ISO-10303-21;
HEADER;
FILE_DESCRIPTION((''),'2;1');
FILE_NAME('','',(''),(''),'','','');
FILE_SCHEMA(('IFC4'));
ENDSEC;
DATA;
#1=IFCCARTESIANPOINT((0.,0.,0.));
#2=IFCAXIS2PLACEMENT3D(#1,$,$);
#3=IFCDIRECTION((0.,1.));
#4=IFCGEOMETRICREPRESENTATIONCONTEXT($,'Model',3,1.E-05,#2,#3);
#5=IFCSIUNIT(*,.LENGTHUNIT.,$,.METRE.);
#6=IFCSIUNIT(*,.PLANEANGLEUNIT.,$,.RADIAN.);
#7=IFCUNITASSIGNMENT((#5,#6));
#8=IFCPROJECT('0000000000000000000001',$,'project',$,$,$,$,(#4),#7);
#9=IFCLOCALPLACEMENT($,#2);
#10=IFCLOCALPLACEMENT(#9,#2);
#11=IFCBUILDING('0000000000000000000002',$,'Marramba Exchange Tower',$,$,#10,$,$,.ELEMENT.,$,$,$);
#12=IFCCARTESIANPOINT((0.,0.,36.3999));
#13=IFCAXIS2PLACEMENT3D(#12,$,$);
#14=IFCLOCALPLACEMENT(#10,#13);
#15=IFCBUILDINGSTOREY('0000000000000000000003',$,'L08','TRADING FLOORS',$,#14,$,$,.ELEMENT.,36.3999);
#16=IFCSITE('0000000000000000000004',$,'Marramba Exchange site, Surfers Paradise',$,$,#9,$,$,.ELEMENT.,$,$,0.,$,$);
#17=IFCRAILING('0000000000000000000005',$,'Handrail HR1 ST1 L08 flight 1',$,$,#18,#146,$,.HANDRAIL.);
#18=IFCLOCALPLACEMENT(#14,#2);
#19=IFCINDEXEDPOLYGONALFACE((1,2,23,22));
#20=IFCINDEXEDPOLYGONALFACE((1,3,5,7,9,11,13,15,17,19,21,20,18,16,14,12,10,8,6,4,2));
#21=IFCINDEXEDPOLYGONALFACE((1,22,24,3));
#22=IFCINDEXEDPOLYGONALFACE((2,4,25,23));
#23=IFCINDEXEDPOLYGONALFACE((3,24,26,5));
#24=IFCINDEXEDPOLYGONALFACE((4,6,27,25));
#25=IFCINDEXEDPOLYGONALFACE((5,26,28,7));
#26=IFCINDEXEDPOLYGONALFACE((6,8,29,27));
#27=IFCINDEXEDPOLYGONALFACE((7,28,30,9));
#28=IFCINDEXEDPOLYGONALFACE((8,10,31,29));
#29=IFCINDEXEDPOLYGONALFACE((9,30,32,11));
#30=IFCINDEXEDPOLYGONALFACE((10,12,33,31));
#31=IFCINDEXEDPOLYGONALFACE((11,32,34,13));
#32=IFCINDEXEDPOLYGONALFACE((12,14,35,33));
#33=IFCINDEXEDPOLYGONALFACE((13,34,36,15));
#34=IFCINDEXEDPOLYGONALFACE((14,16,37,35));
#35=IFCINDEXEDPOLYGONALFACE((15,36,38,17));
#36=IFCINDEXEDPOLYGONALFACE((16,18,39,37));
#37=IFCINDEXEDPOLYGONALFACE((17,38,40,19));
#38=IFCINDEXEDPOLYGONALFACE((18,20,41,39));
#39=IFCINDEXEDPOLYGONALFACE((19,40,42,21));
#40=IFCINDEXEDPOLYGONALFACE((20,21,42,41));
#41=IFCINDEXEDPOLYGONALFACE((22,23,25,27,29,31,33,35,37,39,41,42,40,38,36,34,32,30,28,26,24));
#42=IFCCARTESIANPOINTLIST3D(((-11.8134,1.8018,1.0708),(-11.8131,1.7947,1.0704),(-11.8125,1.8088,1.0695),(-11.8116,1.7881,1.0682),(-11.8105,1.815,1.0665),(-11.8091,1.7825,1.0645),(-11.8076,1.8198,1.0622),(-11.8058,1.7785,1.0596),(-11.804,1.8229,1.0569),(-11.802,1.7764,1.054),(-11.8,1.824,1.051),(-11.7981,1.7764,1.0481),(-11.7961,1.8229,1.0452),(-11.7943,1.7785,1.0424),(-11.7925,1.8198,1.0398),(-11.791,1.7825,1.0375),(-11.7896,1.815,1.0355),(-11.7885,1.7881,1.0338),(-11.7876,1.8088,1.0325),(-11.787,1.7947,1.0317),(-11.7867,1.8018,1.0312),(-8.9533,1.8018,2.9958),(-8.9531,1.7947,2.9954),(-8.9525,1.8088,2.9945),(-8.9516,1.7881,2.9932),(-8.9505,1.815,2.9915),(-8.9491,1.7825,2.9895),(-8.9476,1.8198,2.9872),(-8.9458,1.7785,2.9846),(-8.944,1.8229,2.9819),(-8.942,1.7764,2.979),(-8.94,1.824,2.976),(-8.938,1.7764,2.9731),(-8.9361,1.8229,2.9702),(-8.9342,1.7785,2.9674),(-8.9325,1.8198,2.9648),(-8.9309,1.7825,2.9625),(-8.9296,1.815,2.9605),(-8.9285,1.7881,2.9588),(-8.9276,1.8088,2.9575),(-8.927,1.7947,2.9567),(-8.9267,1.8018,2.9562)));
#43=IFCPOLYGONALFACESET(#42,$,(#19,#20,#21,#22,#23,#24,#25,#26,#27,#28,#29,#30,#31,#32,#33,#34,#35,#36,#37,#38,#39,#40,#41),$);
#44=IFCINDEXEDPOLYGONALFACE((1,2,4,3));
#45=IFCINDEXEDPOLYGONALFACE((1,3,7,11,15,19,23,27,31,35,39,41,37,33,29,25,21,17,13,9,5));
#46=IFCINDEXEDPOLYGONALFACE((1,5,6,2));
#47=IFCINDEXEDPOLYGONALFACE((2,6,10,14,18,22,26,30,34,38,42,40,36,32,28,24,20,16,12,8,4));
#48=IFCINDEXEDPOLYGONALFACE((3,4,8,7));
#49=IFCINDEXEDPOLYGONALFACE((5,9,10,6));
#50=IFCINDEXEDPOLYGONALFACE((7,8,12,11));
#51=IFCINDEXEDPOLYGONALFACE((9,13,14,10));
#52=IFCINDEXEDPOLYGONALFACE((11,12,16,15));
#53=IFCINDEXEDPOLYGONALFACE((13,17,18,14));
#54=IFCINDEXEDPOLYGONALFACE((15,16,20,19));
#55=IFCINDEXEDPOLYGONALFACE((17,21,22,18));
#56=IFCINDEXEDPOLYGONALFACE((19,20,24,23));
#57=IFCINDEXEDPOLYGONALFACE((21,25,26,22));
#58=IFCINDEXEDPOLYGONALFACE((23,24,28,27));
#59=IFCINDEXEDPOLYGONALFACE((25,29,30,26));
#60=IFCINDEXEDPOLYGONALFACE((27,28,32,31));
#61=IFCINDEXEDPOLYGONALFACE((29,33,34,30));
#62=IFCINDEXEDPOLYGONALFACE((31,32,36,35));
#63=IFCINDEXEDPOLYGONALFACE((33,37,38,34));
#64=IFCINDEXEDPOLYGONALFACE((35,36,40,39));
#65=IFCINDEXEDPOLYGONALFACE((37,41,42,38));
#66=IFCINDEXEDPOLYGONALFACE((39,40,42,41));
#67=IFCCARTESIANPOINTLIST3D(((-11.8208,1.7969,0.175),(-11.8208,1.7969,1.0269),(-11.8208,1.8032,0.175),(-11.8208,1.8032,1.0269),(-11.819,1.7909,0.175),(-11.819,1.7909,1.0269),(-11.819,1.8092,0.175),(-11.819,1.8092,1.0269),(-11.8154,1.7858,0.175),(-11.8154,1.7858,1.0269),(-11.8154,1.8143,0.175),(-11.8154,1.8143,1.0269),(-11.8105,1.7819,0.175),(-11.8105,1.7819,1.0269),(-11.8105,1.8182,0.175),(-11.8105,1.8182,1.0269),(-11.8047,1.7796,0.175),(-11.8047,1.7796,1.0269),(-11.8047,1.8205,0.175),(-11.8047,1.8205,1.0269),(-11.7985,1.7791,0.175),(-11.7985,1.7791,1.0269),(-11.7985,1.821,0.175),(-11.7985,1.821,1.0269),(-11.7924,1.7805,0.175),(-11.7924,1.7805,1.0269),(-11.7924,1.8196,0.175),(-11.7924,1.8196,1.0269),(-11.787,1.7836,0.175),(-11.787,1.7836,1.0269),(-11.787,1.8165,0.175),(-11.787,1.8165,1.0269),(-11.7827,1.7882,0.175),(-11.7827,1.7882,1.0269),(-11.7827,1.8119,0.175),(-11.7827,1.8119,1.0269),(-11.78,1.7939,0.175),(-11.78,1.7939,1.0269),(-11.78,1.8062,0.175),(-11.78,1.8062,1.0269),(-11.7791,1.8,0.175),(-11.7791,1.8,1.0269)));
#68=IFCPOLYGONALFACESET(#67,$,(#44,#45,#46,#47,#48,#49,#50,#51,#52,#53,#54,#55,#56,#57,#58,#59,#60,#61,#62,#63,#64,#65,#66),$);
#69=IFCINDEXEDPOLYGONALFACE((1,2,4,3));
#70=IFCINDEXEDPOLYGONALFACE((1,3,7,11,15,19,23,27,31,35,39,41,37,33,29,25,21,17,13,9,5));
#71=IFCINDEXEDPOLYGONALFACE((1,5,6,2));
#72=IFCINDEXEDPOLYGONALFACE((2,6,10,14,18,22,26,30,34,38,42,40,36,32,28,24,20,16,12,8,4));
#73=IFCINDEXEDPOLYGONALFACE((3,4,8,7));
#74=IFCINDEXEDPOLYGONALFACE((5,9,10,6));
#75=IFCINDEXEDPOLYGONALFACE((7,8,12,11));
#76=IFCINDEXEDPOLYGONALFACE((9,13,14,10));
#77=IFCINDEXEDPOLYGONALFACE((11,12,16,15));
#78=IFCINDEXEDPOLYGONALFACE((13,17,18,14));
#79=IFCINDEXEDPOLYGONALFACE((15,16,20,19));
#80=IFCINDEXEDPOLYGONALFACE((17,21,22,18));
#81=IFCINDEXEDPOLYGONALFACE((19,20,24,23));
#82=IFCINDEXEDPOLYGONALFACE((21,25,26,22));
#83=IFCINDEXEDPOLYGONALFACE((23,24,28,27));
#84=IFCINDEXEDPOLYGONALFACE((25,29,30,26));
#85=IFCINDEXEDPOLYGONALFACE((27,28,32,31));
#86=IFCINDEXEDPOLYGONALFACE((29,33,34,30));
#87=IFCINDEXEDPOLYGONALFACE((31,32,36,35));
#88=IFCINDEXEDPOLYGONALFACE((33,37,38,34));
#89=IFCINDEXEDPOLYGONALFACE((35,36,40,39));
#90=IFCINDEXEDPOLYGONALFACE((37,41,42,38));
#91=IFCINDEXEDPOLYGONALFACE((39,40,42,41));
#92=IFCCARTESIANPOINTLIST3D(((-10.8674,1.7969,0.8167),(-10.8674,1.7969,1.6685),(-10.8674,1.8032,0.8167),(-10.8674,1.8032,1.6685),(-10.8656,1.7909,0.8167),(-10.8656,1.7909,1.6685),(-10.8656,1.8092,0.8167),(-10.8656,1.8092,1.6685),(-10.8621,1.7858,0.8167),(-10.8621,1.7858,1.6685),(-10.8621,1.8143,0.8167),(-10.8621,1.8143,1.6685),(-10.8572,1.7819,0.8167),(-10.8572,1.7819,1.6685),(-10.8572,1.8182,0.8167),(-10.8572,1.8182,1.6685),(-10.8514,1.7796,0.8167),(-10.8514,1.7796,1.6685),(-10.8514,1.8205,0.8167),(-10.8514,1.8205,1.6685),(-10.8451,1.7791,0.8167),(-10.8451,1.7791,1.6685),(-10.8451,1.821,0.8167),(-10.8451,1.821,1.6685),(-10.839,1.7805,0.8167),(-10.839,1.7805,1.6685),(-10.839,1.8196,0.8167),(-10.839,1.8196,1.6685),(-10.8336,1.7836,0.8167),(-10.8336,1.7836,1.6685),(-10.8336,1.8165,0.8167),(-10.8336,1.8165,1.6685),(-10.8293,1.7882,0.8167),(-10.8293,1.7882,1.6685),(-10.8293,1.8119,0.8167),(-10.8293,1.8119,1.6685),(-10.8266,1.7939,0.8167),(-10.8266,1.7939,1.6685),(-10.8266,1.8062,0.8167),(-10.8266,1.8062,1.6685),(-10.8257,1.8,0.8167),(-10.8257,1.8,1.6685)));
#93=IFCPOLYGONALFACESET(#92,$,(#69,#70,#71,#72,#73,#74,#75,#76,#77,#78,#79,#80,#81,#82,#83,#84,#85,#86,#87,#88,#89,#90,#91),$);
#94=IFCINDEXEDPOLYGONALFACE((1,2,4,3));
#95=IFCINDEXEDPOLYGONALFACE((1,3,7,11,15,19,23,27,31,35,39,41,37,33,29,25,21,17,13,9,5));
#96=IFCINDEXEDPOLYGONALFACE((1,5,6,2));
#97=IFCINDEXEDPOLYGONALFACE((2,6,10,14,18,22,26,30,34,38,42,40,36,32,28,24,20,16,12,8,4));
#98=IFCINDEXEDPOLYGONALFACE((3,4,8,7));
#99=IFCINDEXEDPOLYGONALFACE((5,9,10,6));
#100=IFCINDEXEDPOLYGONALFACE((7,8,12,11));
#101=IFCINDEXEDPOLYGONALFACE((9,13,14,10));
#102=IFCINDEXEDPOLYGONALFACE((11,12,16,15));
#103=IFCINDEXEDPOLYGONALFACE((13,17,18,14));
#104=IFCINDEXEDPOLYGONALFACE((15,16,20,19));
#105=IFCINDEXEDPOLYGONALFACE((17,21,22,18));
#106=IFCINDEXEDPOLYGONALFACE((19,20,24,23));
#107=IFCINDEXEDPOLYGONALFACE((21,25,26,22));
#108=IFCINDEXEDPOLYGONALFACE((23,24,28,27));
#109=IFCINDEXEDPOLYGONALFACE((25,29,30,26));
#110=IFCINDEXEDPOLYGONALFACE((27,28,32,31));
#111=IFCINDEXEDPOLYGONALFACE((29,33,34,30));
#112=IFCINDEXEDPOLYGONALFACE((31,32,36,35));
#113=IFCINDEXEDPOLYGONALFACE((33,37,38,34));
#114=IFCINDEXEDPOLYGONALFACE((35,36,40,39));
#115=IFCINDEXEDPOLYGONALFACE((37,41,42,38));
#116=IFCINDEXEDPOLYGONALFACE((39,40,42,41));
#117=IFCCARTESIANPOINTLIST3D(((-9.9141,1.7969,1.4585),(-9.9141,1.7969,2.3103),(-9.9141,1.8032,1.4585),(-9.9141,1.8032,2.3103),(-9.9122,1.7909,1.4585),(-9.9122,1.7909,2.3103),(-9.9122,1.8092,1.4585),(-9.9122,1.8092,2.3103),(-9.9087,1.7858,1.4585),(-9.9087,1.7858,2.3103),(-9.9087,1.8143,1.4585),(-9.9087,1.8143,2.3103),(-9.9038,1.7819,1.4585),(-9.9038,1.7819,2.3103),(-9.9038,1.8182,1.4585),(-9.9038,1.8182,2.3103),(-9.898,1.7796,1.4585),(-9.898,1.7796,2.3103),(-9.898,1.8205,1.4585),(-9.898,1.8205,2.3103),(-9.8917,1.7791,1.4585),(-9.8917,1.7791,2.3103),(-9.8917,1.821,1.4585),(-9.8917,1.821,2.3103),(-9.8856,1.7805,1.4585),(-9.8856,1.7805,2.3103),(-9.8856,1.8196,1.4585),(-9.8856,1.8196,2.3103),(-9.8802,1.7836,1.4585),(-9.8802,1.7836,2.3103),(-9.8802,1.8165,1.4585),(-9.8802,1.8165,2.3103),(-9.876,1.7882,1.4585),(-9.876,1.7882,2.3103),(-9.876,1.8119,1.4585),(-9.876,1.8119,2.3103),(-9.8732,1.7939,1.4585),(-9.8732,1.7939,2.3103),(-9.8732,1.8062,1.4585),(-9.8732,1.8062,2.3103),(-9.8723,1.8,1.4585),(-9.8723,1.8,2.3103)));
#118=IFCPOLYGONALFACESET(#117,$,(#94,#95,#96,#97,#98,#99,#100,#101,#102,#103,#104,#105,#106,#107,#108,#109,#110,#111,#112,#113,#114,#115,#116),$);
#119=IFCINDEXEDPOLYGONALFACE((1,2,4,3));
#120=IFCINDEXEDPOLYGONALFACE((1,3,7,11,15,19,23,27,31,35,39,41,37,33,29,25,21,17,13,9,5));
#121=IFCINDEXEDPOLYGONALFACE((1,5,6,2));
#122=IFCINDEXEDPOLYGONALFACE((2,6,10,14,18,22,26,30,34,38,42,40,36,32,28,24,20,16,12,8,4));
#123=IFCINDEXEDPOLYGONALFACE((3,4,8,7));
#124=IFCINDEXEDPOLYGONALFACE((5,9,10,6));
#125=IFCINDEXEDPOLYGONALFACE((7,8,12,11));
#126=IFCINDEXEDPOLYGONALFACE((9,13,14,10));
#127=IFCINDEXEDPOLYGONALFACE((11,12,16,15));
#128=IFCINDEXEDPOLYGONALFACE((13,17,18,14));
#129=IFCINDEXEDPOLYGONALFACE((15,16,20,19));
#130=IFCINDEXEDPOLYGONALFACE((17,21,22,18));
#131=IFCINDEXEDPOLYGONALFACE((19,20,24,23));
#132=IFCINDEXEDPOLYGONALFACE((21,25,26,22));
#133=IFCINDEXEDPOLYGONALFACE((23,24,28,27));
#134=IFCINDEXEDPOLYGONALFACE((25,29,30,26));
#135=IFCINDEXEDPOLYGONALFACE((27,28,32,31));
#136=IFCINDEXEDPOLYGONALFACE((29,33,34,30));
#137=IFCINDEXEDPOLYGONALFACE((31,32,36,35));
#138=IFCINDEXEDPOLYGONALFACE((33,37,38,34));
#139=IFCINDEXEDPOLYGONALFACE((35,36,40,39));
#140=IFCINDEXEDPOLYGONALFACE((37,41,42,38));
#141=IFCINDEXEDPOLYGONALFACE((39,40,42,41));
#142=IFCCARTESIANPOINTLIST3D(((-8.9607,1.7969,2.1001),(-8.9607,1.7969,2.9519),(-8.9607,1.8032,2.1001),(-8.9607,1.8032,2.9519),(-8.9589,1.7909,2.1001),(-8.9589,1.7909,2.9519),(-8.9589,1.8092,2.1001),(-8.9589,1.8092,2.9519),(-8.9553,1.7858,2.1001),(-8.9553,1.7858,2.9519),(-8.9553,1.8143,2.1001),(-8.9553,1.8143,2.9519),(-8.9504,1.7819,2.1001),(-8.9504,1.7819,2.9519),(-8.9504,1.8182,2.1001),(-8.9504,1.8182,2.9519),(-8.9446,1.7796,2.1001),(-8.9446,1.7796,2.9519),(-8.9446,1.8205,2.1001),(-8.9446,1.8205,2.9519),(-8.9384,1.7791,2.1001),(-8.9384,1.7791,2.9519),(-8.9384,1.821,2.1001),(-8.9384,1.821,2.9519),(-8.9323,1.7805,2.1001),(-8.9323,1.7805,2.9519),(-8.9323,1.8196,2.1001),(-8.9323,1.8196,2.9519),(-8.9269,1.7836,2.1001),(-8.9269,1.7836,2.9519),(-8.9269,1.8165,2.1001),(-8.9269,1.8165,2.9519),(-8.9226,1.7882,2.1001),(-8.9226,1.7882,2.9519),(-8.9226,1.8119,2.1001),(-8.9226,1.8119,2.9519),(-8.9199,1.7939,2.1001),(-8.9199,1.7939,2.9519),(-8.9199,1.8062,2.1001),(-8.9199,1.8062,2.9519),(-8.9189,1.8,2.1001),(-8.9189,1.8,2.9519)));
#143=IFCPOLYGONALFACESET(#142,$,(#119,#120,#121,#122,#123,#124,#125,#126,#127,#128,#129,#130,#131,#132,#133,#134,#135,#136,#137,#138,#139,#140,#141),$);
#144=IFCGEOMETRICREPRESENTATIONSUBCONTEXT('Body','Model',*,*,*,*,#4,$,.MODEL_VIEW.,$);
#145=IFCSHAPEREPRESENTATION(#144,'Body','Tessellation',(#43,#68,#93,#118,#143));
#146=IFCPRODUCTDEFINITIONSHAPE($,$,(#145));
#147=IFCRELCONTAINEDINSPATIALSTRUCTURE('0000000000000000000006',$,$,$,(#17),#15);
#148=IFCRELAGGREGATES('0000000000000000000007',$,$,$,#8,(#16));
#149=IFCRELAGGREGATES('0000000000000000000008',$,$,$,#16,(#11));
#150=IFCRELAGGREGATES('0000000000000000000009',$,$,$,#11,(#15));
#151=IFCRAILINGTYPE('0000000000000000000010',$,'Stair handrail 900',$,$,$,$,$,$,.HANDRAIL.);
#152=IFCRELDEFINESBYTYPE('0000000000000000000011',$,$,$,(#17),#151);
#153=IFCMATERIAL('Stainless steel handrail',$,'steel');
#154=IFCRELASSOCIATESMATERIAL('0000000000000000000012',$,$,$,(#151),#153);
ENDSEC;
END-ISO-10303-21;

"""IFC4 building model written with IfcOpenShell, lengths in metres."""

from ifc_helpers import new_model, si_unit, direction, frame, origin, origin_2d, place, context, subcontext, project, spatial, circle, extrude, material, type_object, element, save


model = new_model("IFC4")

# Units and contexts
model_context = context("Model", 3, precision=1e-05, world=origin(), true_north=direction((0.0, 1.0)))
body_context = subcontext(model_context, "Body", "Model", "MODEL_VIEW")
ifc_project = project(units=[si_unit("LENGTHUNIT", "METRE"), si_unit("PLANEANGLEUNIT", "RADIAN")], contexts=[model_context])

# Site, building, storey
site_placement = place(None, origin())
site = spatial("IfcSite", under=ifc_project, at=site_placement, Name="Marramba Exchange site, Surfers Paradise", CompositionType="ELEMENT", RefElevation=0.0)
building_placement = place(site_placement, origin())
building = spatial("IfcBuilding", under=site, at=building_placement, Name="Marramba Exchange Tower", CompositionType="ELEMENT")
storey_placement = place(building_placement, frame((0.0, 0.0, 36.3999)))
storey = spatial("IfcBuildingStorey", under=building, at=storey_placement, Name="L08", Description="TRADING FLOORS", CompositionType="ELEMENT", Elevation=36.3999)

# Railing
ifc_material_1 = material(Name="Stainless steel handrail", Category="steel")
railing_type = type_object("IfcRailingType", Name="Stair handrail 900", PredefinedType="HANDRAIL", material=ifc_material_1)
railing_1_placement = place(storey_placement, frame((-11.8, 1.8, 0.175)))
element("IfcRailing", 1, at=railing_1_placement, inside=storey, type_object=railing_type, Name="Handrail HR1 ST1 L08 flight 1", PredefinedType="HANDRAIL", context=body_context, shape_type="SweptSolid", body=[
    extrude(circle(Radius=0.0239, at=origin_2d()), frame((0.0, 0.0, 0.876), z_axis=(0.829591, 0.0, 0.558372), x_axis=(0.0, 1.0, 0.0)), (0.0, 0.0, 1.0), 3.4475),
    extrude(circle(Radius=0.021, at=origin_2d()), origin(), (0.0, 0.0, 1.0), 0.8518),
    extrude(circle(Radius=0.021, at=origin_2d()), frame((0.9534, 0.0, 0.6416)), (0.0, 0.0, 1.0), 0.8518),
    extrude(circle(Radius=0.021, at=origin_2d()), frame((1.9067, 0.0, 1.2834)), (0.0, 0.0, 1.0), 0.8518),
    extrude(circle(Radius=0.021, at=origin_2d()), frame((2.8601, 0.0, 1.925)), (0.0, 0.0, 1.0), 0.8518),
])

save(model, "model.ifc")
